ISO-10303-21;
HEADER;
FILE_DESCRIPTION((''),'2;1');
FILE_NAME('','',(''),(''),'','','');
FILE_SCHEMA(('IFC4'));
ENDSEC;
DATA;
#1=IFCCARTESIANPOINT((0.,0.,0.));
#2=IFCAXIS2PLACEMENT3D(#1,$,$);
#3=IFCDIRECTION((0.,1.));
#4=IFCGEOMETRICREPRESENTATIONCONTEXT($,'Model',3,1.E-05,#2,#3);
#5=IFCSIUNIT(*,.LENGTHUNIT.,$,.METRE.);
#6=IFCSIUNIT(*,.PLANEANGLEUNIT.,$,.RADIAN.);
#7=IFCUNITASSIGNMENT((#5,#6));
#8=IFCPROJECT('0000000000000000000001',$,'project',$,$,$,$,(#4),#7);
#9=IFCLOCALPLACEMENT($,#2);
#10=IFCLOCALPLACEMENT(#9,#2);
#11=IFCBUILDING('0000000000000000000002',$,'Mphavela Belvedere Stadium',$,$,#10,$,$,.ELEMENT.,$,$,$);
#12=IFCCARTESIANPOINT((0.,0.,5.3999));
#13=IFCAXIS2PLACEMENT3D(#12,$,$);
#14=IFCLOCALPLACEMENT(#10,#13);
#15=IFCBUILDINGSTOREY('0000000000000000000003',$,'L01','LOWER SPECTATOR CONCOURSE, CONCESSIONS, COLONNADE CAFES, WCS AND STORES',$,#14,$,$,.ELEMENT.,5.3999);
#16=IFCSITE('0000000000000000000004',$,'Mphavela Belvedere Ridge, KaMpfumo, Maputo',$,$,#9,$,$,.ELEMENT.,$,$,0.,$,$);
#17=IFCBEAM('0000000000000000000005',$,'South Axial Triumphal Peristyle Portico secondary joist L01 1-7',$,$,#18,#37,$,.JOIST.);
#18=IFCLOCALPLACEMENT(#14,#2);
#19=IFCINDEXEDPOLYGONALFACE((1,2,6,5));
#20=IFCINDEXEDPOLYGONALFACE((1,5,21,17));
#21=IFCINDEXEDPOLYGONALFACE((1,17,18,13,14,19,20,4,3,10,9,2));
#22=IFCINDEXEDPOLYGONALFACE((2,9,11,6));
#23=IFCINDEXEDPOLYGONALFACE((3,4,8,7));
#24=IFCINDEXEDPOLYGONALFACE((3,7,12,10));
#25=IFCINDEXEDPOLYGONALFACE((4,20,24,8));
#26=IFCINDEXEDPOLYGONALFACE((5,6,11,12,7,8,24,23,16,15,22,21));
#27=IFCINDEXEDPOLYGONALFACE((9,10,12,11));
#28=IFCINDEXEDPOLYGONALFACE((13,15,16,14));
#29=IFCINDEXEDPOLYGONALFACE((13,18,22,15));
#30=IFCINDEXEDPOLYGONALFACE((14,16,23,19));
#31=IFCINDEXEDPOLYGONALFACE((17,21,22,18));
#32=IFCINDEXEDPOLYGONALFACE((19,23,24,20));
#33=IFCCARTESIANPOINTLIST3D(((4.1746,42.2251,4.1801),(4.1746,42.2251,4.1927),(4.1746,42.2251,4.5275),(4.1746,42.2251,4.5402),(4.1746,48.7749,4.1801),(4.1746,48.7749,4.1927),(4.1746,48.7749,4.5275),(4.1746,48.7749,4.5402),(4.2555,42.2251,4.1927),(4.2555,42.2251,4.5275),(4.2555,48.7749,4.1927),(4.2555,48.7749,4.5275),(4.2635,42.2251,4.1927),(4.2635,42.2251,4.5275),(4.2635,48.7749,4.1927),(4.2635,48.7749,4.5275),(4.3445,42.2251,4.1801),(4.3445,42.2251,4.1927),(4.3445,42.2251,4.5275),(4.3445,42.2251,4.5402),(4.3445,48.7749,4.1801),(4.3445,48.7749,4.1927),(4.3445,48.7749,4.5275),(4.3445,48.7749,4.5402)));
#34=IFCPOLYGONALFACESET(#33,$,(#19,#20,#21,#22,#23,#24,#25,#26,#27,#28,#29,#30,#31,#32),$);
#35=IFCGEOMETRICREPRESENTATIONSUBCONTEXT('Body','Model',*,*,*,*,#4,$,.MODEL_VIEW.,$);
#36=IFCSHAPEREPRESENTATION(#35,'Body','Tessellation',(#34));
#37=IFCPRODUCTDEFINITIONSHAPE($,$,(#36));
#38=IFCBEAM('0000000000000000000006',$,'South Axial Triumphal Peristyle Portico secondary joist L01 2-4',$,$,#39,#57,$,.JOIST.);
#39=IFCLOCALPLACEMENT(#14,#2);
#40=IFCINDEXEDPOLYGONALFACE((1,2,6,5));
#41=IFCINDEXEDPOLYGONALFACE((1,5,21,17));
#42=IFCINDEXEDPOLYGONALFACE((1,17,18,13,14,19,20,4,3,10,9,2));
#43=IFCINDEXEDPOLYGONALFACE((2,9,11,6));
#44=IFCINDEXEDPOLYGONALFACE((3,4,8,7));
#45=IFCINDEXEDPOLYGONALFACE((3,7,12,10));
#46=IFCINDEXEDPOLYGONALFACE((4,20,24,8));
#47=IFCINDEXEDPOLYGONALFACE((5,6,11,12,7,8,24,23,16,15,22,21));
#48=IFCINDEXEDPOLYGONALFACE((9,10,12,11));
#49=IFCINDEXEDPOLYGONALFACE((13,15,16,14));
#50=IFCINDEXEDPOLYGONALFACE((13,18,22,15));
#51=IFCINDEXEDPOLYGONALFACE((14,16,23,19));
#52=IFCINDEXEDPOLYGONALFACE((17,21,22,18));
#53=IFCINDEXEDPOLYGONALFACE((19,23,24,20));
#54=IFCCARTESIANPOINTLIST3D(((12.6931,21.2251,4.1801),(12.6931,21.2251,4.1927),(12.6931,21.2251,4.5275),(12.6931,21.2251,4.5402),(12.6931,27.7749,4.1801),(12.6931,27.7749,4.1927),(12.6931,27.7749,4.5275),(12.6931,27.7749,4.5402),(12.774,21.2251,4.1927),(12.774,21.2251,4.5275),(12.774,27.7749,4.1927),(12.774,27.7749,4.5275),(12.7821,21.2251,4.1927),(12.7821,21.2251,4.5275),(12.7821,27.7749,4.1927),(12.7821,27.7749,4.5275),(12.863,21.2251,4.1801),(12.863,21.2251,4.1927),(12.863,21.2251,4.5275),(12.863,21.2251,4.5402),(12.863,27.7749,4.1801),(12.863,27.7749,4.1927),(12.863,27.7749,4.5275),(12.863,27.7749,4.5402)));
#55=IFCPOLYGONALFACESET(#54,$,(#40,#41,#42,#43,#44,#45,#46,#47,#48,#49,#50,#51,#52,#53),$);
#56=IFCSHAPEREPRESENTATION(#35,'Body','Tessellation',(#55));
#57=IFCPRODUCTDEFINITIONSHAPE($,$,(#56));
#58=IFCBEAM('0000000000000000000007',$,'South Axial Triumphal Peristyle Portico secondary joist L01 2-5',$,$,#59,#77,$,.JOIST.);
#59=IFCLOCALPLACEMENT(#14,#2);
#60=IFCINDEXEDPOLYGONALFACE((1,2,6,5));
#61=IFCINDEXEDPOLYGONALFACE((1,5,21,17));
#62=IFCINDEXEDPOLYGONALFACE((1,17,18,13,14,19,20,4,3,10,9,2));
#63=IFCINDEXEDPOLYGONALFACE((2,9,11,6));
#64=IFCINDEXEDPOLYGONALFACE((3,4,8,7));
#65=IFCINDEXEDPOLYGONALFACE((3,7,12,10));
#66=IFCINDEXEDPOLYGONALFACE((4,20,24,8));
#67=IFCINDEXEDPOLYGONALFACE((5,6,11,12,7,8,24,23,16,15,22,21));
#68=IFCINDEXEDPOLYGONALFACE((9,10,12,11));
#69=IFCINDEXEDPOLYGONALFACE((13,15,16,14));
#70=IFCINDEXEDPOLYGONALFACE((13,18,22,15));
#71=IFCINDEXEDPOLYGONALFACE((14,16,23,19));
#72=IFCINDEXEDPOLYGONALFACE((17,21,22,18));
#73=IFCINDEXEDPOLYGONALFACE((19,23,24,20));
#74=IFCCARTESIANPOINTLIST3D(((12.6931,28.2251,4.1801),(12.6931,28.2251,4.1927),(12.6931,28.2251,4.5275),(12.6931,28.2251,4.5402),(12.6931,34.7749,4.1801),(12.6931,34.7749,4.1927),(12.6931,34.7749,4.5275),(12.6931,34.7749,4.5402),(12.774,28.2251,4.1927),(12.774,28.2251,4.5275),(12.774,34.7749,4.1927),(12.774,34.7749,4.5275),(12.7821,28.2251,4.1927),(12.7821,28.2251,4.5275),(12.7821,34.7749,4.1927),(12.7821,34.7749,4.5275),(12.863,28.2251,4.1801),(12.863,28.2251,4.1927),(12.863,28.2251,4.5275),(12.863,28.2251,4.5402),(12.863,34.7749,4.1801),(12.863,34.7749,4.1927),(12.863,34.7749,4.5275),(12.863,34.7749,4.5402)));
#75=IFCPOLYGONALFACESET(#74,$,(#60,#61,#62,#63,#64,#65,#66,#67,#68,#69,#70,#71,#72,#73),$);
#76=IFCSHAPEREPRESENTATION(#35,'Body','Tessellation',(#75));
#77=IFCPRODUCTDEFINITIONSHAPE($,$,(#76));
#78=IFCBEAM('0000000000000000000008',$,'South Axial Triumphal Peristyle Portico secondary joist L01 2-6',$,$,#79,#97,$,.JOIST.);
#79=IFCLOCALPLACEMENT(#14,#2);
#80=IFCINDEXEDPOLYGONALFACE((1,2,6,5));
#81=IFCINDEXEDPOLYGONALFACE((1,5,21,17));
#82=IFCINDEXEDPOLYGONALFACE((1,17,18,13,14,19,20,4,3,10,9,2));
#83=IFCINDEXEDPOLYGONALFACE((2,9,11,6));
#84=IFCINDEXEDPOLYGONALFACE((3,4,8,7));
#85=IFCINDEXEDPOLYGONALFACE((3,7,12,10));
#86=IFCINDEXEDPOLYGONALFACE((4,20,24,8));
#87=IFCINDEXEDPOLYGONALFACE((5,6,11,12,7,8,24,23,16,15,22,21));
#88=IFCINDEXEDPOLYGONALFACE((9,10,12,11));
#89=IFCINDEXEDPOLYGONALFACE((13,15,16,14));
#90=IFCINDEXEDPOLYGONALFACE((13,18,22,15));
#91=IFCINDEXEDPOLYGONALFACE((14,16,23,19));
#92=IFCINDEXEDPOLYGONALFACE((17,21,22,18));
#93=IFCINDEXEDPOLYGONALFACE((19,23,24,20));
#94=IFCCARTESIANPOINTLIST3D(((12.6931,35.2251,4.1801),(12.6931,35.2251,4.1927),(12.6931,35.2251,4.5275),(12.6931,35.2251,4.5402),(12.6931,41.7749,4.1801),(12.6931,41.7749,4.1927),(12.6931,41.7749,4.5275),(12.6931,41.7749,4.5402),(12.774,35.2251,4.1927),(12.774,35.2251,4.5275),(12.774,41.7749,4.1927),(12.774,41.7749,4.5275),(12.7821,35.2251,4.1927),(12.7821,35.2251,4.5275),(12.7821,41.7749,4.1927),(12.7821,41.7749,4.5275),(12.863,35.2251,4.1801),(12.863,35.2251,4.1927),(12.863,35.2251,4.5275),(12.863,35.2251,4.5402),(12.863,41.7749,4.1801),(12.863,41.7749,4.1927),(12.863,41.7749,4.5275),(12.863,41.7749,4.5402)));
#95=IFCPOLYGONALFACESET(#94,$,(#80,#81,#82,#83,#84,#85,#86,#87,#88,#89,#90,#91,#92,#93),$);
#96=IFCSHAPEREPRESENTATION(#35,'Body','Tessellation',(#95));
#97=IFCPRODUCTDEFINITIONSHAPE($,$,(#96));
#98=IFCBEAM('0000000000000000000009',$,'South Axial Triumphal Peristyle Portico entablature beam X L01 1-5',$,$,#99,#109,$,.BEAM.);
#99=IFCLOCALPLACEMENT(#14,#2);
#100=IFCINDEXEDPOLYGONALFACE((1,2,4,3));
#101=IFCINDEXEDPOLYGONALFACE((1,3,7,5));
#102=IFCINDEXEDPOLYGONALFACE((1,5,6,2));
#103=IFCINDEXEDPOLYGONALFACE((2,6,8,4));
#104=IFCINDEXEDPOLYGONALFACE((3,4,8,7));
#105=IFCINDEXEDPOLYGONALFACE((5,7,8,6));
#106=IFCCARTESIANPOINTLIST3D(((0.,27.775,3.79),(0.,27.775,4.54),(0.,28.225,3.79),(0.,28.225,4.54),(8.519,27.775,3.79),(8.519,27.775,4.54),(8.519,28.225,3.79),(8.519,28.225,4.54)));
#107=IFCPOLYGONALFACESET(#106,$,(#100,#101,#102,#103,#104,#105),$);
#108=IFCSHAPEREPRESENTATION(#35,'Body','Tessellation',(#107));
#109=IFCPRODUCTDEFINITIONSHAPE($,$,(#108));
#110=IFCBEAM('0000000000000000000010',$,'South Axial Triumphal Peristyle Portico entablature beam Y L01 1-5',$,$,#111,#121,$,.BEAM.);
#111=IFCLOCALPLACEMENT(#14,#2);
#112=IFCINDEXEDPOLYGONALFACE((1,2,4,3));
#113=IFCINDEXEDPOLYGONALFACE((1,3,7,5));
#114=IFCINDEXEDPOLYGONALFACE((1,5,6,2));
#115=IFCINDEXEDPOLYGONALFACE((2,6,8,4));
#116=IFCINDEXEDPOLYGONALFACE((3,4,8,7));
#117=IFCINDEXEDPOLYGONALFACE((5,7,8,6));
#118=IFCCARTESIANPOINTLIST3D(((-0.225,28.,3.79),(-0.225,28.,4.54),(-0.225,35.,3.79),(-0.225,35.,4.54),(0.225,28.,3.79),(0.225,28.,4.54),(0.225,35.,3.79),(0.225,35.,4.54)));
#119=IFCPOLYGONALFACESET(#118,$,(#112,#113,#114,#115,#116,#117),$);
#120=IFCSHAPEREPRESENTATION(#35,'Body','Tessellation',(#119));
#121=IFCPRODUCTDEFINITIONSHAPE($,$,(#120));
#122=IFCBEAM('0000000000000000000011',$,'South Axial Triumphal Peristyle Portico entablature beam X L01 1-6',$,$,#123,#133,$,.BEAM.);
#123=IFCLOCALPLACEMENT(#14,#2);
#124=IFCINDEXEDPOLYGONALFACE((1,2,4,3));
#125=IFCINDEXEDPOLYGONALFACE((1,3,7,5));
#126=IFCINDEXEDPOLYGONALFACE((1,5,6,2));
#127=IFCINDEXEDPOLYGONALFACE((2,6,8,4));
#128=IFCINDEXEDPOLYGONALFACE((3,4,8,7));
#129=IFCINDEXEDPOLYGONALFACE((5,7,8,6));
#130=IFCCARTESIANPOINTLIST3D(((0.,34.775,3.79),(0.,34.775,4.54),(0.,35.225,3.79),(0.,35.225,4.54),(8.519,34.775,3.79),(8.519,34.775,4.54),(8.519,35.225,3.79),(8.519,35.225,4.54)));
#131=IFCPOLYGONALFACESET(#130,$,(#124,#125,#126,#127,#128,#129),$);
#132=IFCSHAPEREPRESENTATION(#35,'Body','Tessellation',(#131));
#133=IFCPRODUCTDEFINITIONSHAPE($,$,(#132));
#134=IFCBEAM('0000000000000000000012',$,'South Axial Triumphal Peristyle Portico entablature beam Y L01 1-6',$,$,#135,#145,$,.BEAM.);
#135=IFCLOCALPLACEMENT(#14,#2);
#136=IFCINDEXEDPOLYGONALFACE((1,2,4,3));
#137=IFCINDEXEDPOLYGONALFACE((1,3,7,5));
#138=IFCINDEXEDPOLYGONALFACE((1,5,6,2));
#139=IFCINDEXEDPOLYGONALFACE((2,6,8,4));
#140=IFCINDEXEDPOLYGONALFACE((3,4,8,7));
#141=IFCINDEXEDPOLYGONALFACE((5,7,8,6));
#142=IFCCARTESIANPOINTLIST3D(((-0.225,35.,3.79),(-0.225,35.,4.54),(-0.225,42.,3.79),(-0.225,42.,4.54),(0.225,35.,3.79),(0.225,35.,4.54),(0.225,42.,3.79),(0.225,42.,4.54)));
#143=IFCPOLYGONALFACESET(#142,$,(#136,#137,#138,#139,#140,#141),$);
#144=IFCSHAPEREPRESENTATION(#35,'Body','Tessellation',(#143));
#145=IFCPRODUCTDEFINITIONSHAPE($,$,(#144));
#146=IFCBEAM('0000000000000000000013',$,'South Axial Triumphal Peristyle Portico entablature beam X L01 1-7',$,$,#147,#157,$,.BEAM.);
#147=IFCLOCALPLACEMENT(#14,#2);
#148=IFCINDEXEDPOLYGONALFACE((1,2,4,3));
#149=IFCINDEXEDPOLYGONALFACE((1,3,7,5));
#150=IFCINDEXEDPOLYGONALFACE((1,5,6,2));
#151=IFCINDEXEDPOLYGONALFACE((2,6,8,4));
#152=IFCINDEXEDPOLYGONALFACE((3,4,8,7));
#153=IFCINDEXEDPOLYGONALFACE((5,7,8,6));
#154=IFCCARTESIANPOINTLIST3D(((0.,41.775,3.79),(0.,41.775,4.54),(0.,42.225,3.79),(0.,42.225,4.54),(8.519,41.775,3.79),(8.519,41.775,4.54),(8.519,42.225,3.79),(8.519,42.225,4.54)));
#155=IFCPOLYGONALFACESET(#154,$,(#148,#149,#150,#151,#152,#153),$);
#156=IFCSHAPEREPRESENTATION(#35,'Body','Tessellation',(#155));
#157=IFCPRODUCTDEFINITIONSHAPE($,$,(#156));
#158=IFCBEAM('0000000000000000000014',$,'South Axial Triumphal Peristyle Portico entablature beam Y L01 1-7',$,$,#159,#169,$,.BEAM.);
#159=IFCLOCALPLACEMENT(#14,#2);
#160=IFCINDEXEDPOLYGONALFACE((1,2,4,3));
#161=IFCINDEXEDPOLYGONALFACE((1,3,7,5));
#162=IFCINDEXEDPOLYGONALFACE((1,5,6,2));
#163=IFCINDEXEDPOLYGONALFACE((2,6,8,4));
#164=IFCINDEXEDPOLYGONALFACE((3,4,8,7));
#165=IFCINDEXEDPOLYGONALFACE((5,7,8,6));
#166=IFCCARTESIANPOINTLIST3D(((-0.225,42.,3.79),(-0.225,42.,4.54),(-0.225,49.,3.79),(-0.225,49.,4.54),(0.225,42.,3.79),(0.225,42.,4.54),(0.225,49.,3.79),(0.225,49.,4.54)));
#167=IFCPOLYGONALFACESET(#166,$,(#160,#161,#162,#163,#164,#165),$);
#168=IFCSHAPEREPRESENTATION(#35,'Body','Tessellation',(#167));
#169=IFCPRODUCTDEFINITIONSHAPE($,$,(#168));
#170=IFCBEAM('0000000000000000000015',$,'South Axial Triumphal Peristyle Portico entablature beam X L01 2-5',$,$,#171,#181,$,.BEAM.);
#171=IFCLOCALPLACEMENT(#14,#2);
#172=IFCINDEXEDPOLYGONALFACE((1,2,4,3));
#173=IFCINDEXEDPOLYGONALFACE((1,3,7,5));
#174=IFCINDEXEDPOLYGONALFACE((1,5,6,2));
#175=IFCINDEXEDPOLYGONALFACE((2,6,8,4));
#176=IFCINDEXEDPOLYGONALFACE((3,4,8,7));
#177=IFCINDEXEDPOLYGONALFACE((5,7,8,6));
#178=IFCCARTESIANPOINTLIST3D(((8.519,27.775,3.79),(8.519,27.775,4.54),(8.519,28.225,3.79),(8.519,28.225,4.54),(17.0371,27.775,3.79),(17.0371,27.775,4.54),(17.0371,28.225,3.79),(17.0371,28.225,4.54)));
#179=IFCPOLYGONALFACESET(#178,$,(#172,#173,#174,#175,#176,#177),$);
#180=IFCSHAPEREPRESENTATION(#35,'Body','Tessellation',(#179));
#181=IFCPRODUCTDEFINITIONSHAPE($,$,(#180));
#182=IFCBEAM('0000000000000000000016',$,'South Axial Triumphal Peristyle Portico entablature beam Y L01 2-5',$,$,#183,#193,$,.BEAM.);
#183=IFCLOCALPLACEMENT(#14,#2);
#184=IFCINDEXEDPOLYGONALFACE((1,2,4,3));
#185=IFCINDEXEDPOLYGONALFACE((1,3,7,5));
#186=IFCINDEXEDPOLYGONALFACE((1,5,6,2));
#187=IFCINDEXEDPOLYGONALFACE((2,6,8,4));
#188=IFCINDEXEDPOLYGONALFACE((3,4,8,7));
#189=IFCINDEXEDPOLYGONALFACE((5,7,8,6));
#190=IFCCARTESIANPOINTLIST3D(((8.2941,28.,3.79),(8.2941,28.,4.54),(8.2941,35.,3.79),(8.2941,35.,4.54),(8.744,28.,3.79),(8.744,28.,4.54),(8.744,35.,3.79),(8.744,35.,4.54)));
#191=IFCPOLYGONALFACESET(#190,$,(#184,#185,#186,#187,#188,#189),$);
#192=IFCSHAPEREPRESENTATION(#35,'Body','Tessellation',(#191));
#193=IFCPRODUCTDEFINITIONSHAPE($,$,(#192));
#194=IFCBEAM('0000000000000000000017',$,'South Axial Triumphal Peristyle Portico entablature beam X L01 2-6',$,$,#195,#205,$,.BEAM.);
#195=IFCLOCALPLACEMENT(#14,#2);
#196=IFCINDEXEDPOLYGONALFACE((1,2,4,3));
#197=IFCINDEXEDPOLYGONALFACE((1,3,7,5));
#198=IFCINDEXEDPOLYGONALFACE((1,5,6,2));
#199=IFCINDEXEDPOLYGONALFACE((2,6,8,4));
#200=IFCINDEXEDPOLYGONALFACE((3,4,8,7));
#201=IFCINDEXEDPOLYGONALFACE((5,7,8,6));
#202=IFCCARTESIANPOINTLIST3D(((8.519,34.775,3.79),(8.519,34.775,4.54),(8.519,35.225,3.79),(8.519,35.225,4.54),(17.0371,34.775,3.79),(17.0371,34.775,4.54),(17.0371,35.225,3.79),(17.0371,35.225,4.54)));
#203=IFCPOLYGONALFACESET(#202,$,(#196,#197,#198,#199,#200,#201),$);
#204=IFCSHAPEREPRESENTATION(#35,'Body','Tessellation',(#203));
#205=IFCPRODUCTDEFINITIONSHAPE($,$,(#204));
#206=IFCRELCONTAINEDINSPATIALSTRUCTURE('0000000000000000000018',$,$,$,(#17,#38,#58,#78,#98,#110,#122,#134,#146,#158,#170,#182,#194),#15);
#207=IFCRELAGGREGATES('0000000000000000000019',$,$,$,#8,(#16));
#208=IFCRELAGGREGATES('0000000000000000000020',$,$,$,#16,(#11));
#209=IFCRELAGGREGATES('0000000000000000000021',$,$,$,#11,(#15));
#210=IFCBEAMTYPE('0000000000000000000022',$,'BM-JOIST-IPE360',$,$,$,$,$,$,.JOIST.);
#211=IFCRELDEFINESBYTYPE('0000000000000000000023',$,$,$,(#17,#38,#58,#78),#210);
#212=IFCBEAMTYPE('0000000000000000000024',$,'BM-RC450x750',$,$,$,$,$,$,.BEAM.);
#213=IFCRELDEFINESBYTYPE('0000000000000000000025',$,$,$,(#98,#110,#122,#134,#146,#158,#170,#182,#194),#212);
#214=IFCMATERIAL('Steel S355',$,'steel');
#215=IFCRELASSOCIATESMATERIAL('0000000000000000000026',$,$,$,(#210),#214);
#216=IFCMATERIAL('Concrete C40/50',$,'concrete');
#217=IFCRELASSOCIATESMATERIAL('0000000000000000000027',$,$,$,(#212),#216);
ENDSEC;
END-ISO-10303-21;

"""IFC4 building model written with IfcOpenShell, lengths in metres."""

from ifc_helpers import new_model, si_unit, direction, frame, origin, origin_2d, place, context, subcontext, project, spatial, rectangle, i_section, extrude, material, material_profile, profile_set, type_object, element, save


model = new_model("IFC4")

# Units and contexts
model_context = context("Model", 3, precision=1e-05, world=origin(), true_north=direction((0.0, 1.0)))
body_context = subcontext(model_context, "Body", "Model", "MODEL_VIEW")
ifc_project = project(units=[si_unit("LENGTHUNIT", "METRE"), si_unit("PLANEANGLEUNIT", "RADIAN")], contexts=[model_context])

# Site, building, storey
site_placement = place(None, origin())
site = spatial("IfcSite", under=ifc_project, at=site_placement, Name="Mphavela Belvedere Ridge, KaMpfumo, Maputo", CompositionType="ELEMENT", RefElevation=0.0)
building_placement = place(site_placement, origin())
building = spatial("IfcBuilding", under=site, at=building_placement, Name="Mphavela Belvedere Stadium", CompositionType="ELEMENT")
storey_placement = place(building_placement, frame((0.0, 0.0, 5.3999)))
storey = spatial("IfcBuildingStorey", under=building, at=storey_placement, Name="L01", Description="LOWER SPECTATOR CONCOURSE, CONCESSIONS, COLONNADE CAFES, WCS AND STORES", CompositionType="ELEMENT", Elevation=5.3999)

# Beams
ifc_material_1 = material(Name="Steel S355", Category="steel")
ifc_material_profile_1 = material_profile(ifc_material_1, i_section(OverallWidth=0.1699, OverallDepth=0.3601, WebThickness=0.0081, FlangeThickness=0.0127, at=origin_2d()), Name="IPE 360")
ifc_profile_set_1 = profile_set([ifc_material_profile_1], Name="Steel S355")
beam_type_1 = type_object("IfcBeamType", Name="BM-JOIST-IPE360", PredefinedType="JOIST", material=ifc_profile_set_1)
for number, where, z_axis, x_axis, name in (
    (1, (4.2595, 42.2251, 4.3601), (0.0, 1.0, 0.0), (-1.0, 0.0, 0.0), "South Axial Triumphal Peristyle Portico secondary joist L01 1-7"),
    (2, (12.7781, 21.2251, 4.3601), (0.0, 1.0, 0.0), (-1.0, 0.0, 0.0), "South Axial Triumphal Peristyle Portico secondary joist L01 2-4"),
    (3, (12.7781, 28.2251, 4.3601), (0.0, 1.0, 0.0), (-1.0, 0.0, 0.0), "South Axial Triumphal Peristyle Portico secondary joist L01 2-5"),
    (4, (12.7781, 35.2251, 4.3601), (0.0, 1.0, 0.0), (-1.0, 0.0, 0.0), "South Axial Triumphal Peristyle Portico secondary joist L01 2-6"),
):
    element("IfcBeam", number, at=place(storey_placement, frame(where, z_axis=z_axis, x_axis=x_axis)), inside=storey, type_object=beam_type_1, Name=name, PredefinedType="JOIST", context=body_context, shape_type="SweptSolid", body=[
        extrude(i_section(OverallWidth=0.1699, OverallDepth=0.3601, WebThickness=0.0081, FlangeThickness=0.0127, at=origin_2d()), origin(), (0.0, 0.0, 1.0), 6.5498),
    ])
ifc_material_2 = material(Name="Concrete C40/50", Category="concrete")
ifc_material_profile_2 = material_profile(ifc_material_2, rectangle(XDim=0.45, YDim=0.75, at=origin_2d()), Name="RC 450x750")
ifc_profile_set_2 = profile_set([ifc_material_profile_2], Name="Concrete C40/50")
beam_type_2 = type_object("IfcBeamType", Name="BM-RC450x750", PredefinedType="BEAM", material=ifc_profile_set_2)
beam_1_placement = place(storey_placement, frame((0.0, 28.0, 4.165), z_axis=(1.0, 0.0, 0.0), x_axis=(0.0, 1.0, 0.0)))
element("IfcBeam", 5, at=beam_1_placement, inside=storey, type_object=beam_type_2, Name="South Axial Triumphal Peristyle Portico entablature beam X L01 1-5", PredefinedType="BEAM", context=body_context, shape_type="SweptSolid", body=[
    extrude(rectangle(XDim=0.45, YDim=0.75, at=origin_2d()), origin(), (0.0, 0.0, 1.0), 8.519),
])
beam_2_placement = place(storey_placement, frame((0.0, 28.0, 4.165), z_axis=(0.0, 1.0, 0.0), x_axis=(-1.0, 0.0, 0.0)))
element("IfcBeam", 6, at=beam_2_placement, inside=storey, type_object=beam_type_2, Name="South Axial Triumphal Peristyle Portico entablature beam Y L01 1-5", PredefinedType="BEAM", context=body_context, shape_type="SweptSolid", body=[
    extrude(rectangle(XDim=0.45, YDim=0.75, at=origin_2d()), origin(), (0.0, 0.0, 1.0), 7.0),
])
beam_3_placement = place(storey_placement, frame((0.0, 35.0, 4.165), z_axis=(1.0, 0.0, 0.0), x_axis=(0.0, 1.0, 0.0)))
element("IfcBeam", 7, at=beam_3_placement, inside=storey, type_object=beam_type_2, Name="South Axial Triumphal Peristyle Portico entablature beam X L01 1-6", PredefinedType="BEAM", context=body_context, shape_type="SweptSolid", body=[
    extrude(rectangle(XDim=0.45, YDim=0.75, at=origin_2d()), origin(), (0.0, 0.0, 1.0), 8.519),
])
beam_4_placement = place(storey_placement, frame((0.0, 35.0, 4.165), z_axis=(0.0, 1.0, 0.0), x_axis=(-1.0, 0.0, 0.0)))
element("IfcBeam", 8, at=beam_4_placement, inside=storey, type_object=beam_type_2, Name="South Axial Triumphal Peristyle Portico entablature beam Y L01 1-6", PredefinedType="BEAM", context=body_context, shape_type="SweptSolid", body=[
    extrude(rectangle(XDim=0.45, YDim=0.75, at=origin_2d()), origin(), (0.0, 0.0, 1.0), 7.0),
])
beam_5_placement = place(storey_placement, frame((0.0, 42.0, 4.165), z_axis=(1.0, 0.0, 0.0), x_axis=(0.0, 1.0, 0.0)))
element("IfcBeam", 9, at=beam_5_placement, inside=storey, type_object=beam_type_2, Name="South Axial Triumphal Peristyle Portico entablature beam X L01 1-7", PredefinedType="BEAM", context=body_context, shape_type="SweptSolid", body=[
    extrude(rectangle(XDim=0.45, YDim=0.75, at=origin_2d()), origin(), (0.0, 0.0, 1.0), 8.519),
])
beam_6_placement = place(storey_placement, frame((0.0, 42.0, 4.165), z_axis=(0.0, 1.0, 0.0), x_axis=(-1.0, 0.0, 0.0)))
element("IfcBeam", 10, at=beam_6_placement, inside=storey, type_object=beam_type_2, Name="South Axial Triumphal Peristyle Portico entablature beam Y L01 1-7", PredefinedType="BEAM", context=body_context, shape_type="SweptSolid", body=[
    extrude(rectangle(XDim=0.45, YDim=0.75, at=origin_2d()), origin(), (0.0, 0.0, 1.0), 7.0),
])
beam_7_placement = place(storey_placement, frame((8.519, 28.0, 4.165), z_axis=(1.0, 0.0, 0.0), x_axis=(0.0, 1.0, 0.0)))
element("IfcBeam", 11, at=beam_7_placement, inside=storey, type_object=beam_type_2, Name="South Axial Triumphal Peristyle Portico entablature beam X L01 2-5", PredefinedType="BEAM", context=body_context, shape_type="SweptSolid", body=[
    extrude(rectangle(XDim=0.45, YDim=0.75, at=origin_2d()), origin(), (0.0, 0.0, 1.0), 8.5181),
])
beam_8_placement = place(storey_placement, frame((8.519, 28.0, 4.165), z_axis=(0.0, 1.0, 0.0), x_axis=(-1.0, 0.0, 0.0)))
element("IfcBeam", 12, at=beam_8_placement, inside=storey, type_object=beam_type_2, Name="South Axial Triumphal Peristyle Portico entablature beam Y L01 2-5", PredefinedType="BEAM", context=body_context, shape_type="SweptSolid", body=[
    extrude(rectangle(XDim=0.45, YDim=0.75, at=origin_2d()), origin(), (0.0, 0.0, 1.0), 7.0),
])
beam_9_placement = place(storey_placement, frame((8.519, 35.0, 4.165), z_axis=(1.0, 0.0, 0.0), x_axis=(0.0, 1.0, 0.0)))
element("IfcBeam", 13, at=beam_9_placement, inside=storey, type_object=beam_type_2, Name="South Axial Triumphal Peristyle Portico entablature beam X L01 2-6", PredefinedType="BEAM", context=body_context, shape_type="SweptSolid", body=[
    extrude(rectangle(XDim=0.45, YDim=0.75, at=origin_2d()), origin(), (0.0, 0.0, 1.0), 8.5181),
])

save(model, "model.ifc")
